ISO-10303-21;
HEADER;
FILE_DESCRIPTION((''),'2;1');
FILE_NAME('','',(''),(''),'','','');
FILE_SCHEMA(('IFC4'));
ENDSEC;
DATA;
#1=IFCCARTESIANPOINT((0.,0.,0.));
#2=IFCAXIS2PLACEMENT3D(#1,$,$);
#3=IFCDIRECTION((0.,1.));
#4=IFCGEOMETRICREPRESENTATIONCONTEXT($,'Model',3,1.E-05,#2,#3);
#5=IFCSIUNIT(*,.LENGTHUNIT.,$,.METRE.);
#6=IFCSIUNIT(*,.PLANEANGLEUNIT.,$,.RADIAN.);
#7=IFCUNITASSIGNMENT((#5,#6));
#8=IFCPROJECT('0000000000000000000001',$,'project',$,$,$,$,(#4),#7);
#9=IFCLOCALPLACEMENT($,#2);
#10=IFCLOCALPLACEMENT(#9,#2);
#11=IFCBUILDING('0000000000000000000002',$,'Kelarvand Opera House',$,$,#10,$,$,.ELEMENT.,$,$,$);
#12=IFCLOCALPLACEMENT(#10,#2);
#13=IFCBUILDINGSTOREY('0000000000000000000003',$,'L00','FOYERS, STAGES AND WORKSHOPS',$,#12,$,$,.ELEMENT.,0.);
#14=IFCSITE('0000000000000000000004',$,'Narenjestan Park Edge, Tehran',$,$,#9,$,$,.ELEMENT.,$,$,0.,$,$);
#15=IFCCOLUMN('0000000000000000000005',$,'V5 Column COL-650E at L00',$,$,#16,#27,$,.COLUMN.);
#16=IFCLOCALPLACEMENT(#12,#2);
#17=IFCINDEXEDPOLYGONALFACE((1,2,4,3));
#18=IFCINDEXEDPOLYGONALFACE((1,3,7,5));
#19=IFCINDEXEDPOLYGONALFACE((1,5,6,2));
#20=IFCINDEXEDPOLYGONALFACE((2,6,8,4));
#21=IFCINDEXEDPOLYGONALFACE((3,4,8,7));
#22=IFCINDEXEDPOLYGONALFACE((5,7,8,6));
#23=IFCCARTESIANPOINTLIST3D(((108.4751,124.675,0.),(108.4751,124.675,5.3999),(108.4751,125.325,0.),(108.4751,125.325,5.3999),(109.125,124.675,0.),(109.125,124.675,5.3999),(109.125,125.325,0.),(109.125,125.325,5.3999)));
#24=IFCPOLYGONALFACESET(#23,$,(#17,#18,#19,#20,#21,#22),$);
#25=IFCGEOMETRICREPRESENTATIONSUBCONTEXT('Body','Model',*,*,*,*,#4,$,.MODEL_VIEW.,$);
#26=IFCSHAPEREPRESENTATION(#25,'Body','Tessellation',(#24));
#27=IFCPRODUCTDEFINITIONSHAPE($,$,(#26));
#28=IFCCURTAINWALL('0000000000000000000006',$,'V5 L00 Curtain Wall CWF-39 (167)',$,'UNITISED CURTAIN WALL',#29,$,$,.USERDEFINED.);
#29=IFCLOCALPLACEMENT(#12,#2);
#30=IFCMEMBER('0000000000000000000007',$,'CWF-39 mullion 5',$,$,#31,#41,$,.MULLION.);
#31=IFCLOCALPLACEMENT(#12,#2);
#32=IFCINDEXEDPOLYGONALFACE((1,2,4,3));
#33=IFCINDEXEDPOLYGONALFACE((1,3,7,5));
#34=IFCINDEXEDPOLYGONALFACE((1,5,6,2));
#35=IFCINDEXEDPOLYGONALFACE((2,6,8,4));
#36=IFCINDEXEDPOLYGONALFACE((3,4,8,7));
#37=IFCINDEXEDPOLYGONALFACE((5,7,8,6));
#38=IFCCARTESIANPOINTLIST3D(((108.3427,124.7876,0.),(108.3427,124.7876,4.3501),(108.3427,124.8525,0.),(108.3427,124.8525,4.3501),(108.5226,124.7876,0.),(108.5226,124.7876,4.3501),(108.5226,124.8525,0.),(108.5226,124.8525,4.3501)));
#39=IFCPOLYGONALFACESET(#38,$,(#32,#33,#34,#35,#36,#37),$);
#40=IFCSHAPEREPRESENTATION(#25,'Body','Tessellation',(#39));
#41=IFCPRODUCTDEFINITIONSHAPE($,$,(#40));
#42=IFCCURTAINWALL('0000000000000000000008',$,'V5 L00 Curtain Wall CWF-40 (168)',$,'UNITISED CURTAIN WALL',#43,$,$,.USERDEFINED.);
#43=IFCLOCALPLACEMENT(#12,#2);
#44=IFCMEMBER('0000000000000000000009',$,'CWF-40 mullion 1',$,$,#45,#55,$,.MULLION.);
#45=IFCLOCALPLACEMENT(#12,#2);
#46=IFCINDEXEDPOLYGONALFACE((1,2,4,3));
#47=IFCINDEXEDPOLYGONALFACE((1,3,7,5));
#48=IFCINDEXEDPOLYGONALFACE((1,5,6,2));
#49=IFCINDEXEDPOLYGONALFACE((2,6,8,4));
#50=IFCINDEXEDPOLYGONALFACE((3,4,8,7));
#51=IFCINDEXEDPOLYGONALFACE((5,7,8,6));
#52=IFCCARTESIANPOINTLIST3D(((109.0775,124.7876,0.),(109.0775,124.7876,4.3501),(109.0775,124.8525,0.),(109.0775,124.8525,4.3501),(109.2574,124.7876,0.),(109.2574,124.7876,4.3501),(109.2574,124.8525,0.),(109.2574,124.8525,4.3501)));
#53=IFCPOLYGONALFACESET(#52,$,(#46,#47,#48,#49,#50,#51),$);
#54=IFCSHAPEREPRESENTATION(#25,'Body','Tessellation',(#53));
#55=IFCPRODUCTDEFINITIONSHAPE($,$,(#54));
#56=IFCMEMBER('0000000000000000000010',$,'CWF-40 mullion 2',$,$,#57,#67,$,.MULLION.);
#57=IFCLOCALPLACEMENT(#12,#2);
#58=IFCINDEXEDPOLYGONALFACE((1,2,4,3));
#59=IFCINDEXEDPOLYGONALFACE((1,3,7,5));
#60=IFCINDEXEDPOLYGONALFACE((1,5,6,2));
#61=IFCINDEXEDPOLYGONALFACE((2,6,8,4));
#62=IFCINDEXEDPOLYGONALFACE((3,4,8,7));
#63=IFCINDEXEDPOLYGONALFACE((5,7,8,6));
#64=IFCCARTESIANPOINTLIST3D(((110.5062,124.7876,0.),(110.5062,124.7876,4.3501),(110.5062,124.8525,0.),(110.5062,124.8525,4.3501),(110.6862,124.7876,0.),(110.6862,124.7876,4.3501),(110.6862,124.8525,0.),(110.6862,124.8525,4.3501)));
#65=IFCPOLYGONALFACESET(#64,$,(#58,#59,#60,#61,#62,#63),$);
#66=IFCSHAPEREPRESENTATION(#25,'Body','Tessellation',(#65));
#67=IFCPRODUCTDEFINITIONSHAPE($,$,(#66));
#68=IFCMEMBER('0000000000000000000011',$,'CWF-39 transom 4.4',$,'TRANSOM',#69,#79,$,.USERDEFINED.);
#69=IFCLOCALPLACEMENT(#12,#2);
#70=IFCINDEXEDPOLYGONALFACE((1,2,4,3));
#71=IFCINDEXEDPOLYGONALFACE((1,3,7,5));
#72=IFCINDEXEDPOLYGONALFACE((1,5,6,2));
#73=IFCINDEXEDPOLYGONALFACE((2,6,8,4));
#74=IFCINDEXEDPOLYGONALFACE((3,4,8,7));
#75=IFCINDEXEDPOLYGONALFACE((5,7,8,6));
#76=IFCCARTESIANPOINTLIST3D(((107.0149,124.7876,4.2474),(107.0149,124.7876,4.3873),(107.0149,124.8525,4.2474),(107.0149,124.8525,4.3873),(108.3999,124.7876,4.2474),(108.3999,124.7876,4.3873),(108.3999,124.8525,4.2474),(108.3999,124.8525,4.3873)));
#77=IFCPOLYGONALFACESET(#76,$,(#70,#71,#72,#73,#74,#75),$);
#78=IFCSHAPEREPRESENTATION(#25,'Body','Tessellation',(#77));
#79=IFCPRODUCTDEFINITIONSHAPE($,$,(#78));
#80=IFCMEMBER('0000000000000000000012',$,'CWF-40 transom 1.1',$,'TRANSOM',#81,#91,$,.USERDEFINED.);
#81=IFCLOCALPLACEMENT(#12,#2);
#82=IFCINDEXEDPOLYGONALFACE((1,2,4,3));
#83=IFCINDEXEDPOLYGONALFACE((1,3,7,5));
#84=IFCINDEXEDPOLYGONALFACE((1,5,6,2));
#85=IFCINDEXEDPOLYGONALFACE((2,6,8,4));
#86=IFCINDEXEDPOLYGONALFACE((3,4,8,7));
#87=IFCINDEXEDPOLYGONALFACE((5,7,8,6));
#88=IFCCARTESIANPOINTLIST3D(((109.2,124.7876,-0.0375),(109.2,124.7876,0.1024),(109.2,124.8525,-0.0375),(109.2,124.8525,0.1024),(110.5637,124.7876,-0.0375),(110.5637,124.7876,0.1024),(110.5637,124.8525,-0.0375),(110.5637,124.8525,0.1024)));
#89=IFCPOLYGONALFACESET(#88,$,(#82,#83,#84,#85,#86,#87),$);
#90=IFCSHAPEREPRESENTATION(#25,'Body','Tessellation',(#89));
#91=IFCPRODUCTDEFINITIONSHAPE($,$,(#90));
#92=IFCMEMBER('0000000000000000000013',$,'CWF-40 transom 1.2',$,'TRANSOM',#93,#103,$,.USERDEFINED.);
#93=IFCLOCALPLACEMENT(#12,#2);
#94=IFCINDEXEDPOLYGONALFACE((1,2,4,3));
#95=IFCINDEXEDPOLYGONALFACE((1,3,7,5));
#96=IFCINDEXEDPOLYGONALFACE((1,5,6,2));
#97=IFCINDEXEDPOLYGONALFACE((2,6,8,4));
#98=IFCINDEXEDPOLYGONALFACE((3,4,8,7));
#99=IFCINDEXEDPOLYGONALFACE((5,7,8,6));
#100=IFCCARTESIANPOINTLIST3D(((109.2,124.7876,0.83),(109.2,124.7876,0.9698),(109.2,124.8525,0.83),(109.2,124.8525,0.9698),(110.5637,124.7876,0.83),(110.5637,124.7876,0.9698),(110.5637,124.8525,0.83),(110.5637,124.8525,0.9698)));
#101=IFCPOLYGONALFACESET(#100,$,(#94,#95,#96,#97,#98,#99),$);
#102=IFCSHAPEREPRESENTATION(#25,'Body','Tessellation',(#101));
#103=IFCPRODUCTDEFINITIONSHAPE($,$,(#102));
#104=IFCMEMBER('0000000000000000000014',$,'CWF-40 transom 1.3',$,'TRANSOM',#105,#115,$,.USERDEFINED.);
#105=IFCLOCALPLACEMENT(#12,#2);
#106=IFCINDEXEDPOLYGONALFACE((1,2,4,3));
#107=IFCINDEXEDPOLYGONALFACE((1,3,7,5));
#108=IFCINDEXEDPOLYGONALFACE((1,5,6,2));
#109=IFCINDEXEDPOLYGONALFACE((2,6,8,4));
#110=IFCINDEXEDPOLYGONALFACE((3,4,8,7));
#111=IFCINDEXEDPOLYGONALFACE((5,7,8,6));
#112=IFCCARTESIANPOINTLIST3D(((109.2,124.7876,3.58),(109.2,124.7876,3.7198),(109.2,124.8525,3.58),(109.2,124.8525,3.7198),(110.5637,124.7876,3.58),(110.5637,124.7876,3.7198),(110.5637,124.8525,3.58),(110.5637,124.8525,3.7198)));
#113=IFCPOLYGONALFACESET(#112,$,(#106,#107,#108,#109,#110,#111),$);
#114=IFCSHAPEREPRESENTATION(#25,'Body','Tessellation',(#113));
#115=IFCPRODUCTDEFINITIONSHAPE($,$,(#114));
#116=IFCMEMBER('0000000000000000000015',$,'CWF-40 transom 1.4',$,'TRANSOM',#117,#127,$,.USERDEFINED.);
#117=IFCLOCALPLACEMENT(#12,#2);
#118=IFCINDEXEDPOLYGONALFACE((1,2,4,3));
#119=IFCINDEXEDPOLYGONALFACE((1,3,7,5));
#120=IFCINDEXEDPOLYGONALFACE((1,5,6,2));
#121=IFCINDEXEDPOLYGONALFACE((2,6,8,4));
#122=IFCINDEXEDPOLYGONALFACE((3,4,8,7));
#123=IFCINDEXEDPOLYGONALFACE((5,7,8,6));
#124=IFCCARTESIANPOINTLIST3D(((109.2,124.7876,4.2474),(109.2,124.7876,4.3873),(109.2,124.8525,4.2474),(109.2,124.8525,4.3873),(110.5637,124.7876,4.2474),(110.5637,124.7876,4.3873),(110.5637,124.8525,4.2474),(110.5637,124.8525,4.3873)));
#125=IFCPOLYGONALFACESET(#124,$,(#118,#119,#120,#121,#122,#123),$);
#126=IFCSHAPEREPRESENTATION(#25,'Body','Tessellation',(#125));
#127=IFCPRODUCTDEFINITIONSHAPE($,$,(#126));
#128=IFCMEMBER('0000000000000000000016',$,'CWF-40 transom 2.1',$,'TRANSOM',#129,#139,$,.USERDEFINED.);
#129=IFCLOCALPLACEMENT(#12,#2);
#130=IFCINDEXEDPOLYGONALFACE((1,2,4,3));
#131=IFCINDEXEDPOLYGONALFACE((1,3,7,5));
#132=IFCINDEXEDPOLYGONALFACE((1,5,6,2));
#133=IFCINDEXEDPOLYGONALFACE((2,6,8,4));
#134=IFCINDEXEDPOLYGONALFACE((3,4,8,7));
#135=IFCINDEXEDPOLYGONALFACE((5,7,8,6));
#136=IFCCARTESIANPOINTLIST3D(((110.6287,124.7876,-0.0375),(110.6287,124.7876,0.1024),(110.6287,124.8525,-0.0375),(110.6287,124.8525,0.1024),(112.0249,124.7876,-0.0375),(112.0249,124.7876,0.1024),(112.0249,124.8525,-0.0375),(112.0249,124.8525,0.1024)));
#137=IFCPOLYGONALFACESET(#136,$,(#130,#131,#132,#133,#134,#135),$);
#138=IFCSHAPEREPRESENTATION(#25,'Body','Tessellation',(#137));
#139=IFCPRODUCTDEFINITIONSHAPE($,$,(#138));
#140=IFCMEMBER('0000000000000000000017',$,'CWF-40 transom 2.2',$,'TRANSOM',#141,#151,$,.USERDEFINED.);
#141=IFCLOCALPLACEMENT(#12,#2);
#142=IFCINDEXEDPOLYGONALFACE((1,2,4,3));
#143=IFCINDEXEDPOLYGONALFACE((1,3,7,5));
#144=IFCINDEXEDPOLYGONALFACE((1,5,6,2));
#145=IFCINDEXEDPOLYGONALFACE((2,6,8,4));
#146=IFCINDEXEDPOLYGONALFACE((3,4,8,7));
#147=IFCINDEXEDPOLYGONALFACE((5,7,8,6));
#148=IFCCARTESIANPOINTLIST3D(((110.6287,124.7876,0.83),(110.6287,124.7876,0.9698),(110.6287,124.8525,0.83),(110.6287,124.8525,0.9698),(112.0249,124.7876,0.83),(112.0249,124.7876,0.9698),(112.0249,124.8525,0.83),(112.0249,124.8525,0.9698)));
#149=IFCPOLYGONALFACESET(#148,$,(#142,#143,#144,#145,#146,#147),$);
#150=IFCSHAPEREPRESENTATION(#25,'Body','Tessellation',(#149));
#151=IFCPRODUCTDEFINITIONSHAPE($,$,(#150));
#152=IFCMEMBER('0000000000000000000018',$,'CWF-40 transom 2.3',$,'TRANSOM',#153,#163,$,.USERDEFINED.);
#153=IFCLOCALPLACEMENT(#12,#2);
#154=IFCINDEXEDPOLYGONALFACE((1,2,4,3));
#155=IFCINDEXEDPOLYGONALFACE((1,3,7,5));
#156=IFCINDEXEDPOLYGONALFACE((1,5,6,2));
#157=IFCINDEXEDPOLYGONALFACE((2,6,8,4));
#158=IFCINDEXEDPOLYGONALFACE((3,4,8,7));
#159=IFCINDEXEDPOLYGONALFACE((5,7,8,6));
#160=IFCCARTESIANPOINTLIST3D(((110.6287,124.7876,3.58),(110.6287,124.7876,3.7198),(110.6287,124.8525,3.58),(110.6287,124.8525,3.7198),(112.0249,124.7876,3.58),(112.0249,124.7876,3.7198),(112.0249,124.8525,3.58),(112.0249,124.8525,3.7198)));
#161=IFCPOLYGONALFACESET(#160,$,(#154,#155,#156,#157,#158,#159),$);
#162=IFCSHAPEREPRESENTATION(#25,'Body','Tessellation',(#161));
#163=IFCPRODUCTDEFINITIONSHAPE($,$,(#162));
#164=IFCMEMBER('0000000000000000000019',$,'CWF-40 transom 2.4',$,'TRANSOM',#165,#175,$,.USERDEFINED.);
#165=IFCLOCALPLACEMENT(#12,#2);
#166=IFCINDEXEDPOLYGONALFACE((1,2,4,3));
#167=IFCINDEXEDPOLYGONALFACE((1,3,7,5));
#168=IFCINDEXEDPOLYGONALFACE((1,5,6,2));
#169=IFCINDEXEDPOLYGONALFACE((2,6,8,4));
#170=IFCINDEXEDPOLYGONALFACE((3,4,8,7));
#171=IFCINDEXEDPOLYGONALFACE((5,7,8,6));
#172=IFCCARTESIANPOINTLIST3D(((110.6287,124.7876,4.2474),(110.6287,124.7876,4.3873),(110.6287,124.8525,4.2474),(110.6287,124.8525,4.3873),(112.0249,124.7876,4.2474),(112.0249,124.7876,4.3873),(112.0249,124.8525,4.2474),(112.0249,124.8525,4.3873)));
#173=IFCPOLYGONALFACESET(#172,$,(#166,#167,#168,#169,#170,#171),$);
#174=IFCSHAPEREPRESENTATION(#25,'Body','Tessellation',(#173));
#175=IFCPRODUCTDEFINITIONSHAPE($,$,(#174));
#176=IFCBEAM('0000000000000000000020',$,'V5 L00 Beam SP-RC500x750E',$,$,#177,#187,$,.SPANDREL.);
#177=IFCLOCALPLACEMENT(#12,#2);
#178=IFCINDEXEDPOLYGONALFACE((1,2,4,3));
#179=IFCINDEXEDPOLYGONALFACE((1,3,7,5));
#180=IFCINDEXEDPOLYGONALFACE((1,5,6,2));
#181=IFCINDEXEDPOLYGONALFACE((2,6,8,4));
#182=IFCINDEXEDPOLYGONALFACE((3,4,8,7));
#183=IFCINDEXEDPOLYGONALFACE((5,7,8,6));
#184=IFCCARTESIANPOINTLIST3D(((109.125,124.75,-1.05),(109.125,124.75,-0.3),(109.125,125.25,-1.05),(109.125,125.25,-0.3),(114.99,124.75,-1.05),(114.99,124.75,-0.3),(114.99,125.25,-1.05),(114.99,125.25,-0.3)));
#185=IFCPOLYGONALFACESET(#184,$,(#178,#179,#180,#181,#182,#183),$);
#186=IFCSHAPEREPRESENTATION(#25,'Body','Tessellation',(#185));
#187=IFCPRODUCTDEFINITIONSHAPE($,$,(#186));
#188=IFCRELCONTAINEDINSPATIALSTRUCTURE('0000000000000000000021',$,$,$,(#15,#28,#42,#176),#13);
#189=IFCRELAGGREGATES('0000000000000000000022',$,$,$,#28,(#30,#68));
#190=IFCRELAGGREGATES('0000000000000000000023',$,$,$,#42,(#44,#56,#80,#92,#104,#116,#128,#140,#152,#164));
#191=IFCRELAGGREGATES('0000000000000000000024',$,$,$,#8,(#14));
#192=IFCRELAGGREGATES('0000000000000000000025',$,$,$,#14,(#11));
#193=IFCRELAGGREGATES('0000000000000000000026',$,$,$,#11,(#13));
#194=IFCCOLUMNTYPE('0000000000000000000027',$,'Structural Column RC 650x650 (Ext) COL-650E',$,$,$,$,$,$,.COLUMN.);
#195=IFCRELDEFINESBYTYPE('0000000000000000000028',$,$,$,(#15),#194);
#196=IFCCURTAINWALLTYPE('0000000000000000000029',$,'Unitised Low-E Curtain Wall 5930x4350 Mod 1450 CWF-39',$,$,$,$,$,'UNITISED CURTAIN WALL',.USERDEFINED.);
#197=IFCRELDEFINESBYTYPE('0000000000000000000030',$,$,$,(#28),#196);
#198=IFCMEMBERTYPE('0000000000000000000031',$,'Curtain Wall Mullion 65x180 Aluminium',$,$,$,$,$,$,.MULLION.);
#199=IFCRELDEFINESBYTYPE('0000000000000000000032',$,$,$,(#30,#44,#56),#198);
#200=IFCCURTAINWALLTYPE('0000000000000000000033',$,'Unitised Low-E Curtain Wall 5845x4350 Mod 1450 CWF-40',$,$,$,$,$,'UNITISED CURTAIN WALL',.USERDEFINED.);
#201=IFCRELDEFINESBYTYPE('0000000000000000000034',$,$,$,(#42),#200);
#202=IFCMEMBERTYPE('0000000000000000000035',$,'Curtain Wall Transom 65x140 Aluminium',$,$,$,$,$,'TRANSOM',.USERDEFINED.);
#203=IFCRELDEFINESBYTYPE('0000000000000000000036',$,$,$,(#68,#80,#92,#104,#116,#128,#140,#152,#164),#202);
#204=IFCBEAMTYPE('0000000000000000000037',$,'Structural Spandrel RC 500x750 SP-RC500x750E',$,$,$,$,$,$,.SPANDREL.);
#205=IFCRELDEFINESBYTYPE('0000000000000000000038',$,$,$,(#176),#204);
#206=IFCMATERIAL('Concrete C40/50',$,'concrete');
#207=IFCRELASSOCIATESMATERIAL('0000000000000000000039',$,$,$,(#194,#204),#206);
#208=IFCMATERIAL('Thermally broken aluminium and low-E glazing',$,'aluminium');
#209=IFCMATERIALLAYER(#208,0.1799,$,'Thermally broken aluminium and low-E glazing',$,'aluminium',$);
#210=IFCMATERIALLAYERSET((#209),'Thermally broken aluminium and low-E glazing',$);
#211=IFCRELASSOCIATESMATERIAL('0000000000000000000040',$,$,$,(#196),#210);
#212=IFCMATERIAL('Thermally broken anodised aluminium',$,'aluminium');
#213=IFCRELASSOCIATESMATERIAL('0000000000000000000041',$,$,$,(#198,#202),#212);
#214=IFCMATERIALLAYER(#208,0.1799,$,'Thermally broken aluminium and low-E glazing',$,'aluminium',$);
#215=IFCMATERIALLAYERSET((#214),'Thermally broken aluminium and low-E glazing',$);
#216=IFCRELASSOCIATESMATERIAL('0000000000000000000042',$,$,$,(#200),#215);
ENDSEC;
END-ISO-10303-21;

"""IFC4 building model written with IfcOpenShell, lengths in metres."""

from ifc_helpers import new_model, si_unit, direction, frame, origin, origin_2d, place, context, subcontext, project, spatial, rectangle, extrude, material, layer, layer_set, material_profile, profile_set, type_object, element, aggregate, save


model = new_model("IFC4")

# Units and contexts
model_context = context("Model", 3, precision=1e-05, world=origin(), true_north=direction((0.0, 1.0)))
body_context = subcontext(model_context, "Body", "Model", "MODEL_VIEW")
ifc_project = project(units=[si_unit("LENGTHUNIT", "METRE"), si_unit("PLANEANGLEUNIT", "RADIAN")], contexts=[model_context])

# Site, building, storey
site_placement = place(None, origin())
site = spatial("IfcSite", under=ifc_project, at=site_placement, Name="Narenjestan Park Edge, Tehran", CompositionType="ELEMENT", RefElevation=0.0)
building_placement = place(site_placement, origin())
building = spatial("IfcBuilding", under=site, at=building_placement, Name="Kelarvand Opera House", CompositionType="ELEMENT")
storey_placement = place(building_placement, origin())
storey = spatial("IfcBuildingStorey", under=building, at=storey_placement, Name="L00", Description="FOYERS, STAGES AND WORKSHOPS", CompositionType="ELEMENT", Elevation=0.0)

# Column
ifc_material_1 = material(Name="Concrete C40/50", Category="concrete")
ifc_material_profile_1 = material_profile(ifc_material_1, rectangle(XDim=0.6499, YDim=0.6499, at=origin_2d()), Name="RC 650x650", Category="concrete")
ifc_profile_set_1 = profile_set([ifc_material_profile_1], Name="Concrete C40/50")
column_type = type_object("IfcColumnType", Name="Structural Column RC 650x650 (Ext) COL-650E", PredefinedType="COLUMN", material=ifc_profile_set_1)
column_placement = place(storey_placement, frame((108.8, 125.0, 0.0), z_axis=(0.0, 0.0, 1.0), x_axis=(1.0, 0.0, 0.0)))
element("IfcColumn", 1, at=column_placement, inside=storey, type_object=column_type, Name="V5 Column COL-650E at L00", PredefinedType="COLUMN", context=body_context, shape_type="SweptSolid", body=[
    extrude(rectangle(XDim=0.6499, YDim=0.6499, at=origin_2d()), origin(), (0.0, 0.0, 1.0), 5.3999),
])

# Curtain wall, member
ifc_material_2 = material(Name="Thermally broken aluminium and low-E glazing", Category="aluminium")
ifc_layer_1 = layer(ifc_material_2, 0.1799, Name="Thermally broken aluminium and low-E glazing", Category="aluminium")
ifc_layer_set_1 = layer_set([ifc_layer_1], Name="Thermally broken aluminium and low-E glazing")
curtain_wall_type_1 = type_object("IfcCurtainWallType", Name="Unitised Low-E Curtain Wall 5930x4350 Mod 1450 CWF-39", ElementType="UNITISED CURTAIN WALL", PredefinedType="USERDEFINED", material=ifc_layer_set_1)
curtain_wall_1_placement = place(storey_placement, origin())
curtain_wall_1 = element("IfcCurtainWall", 2, at=curtain_wall_1_placement, inside=storey, type_object=curtain_wall_type_1, Name="V5 L00 Curtain Wall CWF-39 (167)", ObjectType="UNITISED CURTAIN WALL", PredefinedType="USERDEFINED")
ifc_material_3 = material(Name="Thermally broken anodised aluminium", Category="aluminium")
ifc_material_profile_2 = material_profile(ifc_material_3, rectangle(XDim=0.0649, YDim=0.1799, at=origin_2d()), Name="ALU MULLION 65x180", Category="aluminium")
ifc_profile_set_2 = profile_set([ifc_material_profile_2], Name="Thermally broken anodised aluminium")
member_type_1 = type_object("IfcMemberType", Name="Curtain Wall Mullion 65x180 Aluminium", PredefinedType="MULLION", material=ifc_profile_set_2)
member_1_placement = place(storey_placement, frame((108.4326, 124.8201, 0.0), z_axis=(0.0, 0.0, 1.0), x_axis=(0.0, 1.0, 0.0)))
member_1 = element("IfcMember", 3, at=member_1_placement, type_object=member_type_1, Name="CWF-39 mullion 5", PredefinedType="MULLION", context=body_context, shape_type="SweptSolid", body=[
    extrude(rectangle(XDim=0.0649, YDim=0.1799, at=origin_2d()), origin(), (0.0, 0.0, 1.0), 4.3501),
])

# Curtain wall, members
ifc_layer_2 = layer(ifc_material_2, 0.1799, Name="Thermally broken aluminium and low-E glazing", Category="aluminium")
ifc_layer_set_2 = layer_set([ifc_layer_2], Name="Thermally broken aluminium and low-E glazing")
curtain_wall_type_2 = type_object("IfcCurtainWallType", Name="Unitised Low-E Curtain Wall 5845x4350 Mod 1450 CWF-40", ElementType="UNITISED CURTAIN WALL", PredefinedType="USERDEFINED", material=ifc_layer_set_2)
curtain_wall_2_placement = place(storey_placement, origin())
curtain_wall_2 = element("IfcCurtainWall", 4, at=curtain_wall_2_placement, inside=storey, type_object=curtain_wall_type_2, Name="V5 L00 Curtain Wall CWF-40 (168)", ObjectType="UNITISED CURTAIN WALL", PredefinedType="USERDEFINED")
member_2_placement = place(storey_placement, frame((109.1675, 124.8201, 0.0), z_axis=(0.0, 0.0, 1.0), x_axis=(0.0, 1.0, 0.0)))
member_2 = element("IfcMember", 5, at=member_2_placement, type_object=member_type_1, Name="CWF-40 mullion 1", PredefinedType="MULLION", context=body_context, shape_type="SweptSolid", body=[
    extrude(rectangle(XDim=0.0649, YDim=0.1799, at=origin_2d()), origin(), (0.0, 0.0, 1.0), 4.3501),
])
member_3_placement = place(storey_placement, frame((110.5962, 124.8201, 0.0), z_axis=(0.0, 0.0, 1.0), x_axis=(0.0, 1.0, 0.0)))
member_3 = element("IfcMember", 6, at=member_3_placement, type_object=member_type_1, Name="CWF-40 mullion 2", PredefinedType="MULLION", context=body_context, shape_type="SweptSolid", body=[
    extrude(rectangle(XDim=0.0649, YDim=0.1799, at=origin_2d()), origin(), (0.0, 0.0, 1.0), 4.3501),
])

# Members
ifc_material_profile_3 = material_profile(ifc_material_3, rectangle(XDim=0.0649, YDim=0.1399, at=origin_2d()), Name="ALU TRANSOM 65x140", Category="aluminium")
ifc_profile_set_3 = profile_set([ifc_material_profile_3], Name="Thermally broken anodised aluminium")
member_type_2 = type_object("IfcMemberType", Name="Curtain Wall Transom 65x140 Aluminium", ElementType="TRANSOM", PredefinedType="USERDEFINED", material=ifc_profile_set_3)
member_4_placement = place(storey_placement, frame((107.0149, 124.8201, 4.3174), z_axis=(1.0, 0.0, 0.0), x_axis=(0.0, 1.0, 0.0)))
member_4 = element("IfcMember", 7, at=member_4_placement, type_object=member_type_2, Name="CWF-39 transom 4.4", ObjectType="TRANSOM", PredefinedType="USERDEFINED", context=body_context, shape_type="SweptSolid", body=[
    extrude(rectangle(XDim=0.0649, YDim=0.1399, at=origin_2d()), origin(), (0.0, 0.0, 1.0), 1.385),
])
member_5_placement = place(storey_placement, frame((109.2, 124.8201, 0.0325), z_axis=(1.0, 0.0, 0.0), x_axis=(0.0, 1.0, 0.0)))
member_5 = element("IfcMember", 8, at=member_5_placement, type_object=member_type_2, Name="CWF-40 transom 1.1", ObjectType="TRANSOM", PredefinedType="USERDEFINED", context=body_context, shape_type="SweptSolid", body=[
    extrude(rectangle(XDim=0.0649, YDim=0.1399, at=origin_2d()), origin(), (0.0, 0.0, 1.0), 1.3638),
])
member_6_placement = place(storey_placement, frame((109.2, 124.8201, 0.8999), z_axis=(1.0, 0.0, 0.0), x_axis=(0.0, 1.0, 0.0)))
member_6 = element("IfcMember", 9, at=member_6_placement, type_object=member_type_2, Name="CWF-40 transom 1.2", ObjectType="TRANSOM", PredefinedType="USERDEFINED", context=body_context, shape_type="SweptSolid", body=[
    extrude(rectangle(XDim=0.0649, YDim=0.1399, at=origin_2d()), origin(), (0.0, 0.0, 1.0), 1.3638),
])
member_7_placement = place(storey_placement, frame((109.2, 124.8201, 3.6499), z_axis=(1.0, 0.0, 0.0), x_axis=(0.0, 1.0, 0.0)))
member_7 = element("IfcMember", 10, at=member_7_placement, type_object=member_type_2, Name="CWF-40 transom 1.3", ObjectType="TRANSOM", PredefinedType="USERDEFINED", context=body_context, shape_type="SweptSolid", body=[
    extrude(rectangle(XDim=0.0649, YDim=0.1399, at=origin_2d()), origin(), (0.0, 0.0, 1.0), 1.3638),
])
member_8_placement = place(storey_placement, frame((109.2, 124.8201, 4.3174), z_axis=(1.0, 0.0, 0.0), x_axis=(0.0, 1.0, 0.0)))
member_8 = element("IfcMember", 11, at=member_8_placement, type_object=member_type_2, Name="CWF-40 transom 1.4", ObjectType="TRANSOM", PredefinedType="USERDEFINED", context=body_context, shape_type="SweptSolid", body=[
    extrude(rectangle(XDim=0.0649, YDim=0.1399, at=origin_2d()), origin(), (0.0, 0.0, 1.0), 1.3638),
])
member_9_placement = place(storey_placement, frame((110.6287, 124.8201, 0.0325), z_axis=(1.0, 0.0, 0.0), x_axis=(0.0, 1.0, 0.0)))
member_9 = element("IfcMember", 12, at=member_9_placement, type_object=member_type_2, Name="CWF-40 transom 2.1", ObjectType="TRANSOM", PredefinedType="USERDEFINED", context=body_context, shape_type="SweptSolid", body=[
    extrude(rectangle(XDim=0.0649, YDim=0.1399, at=origin_2d()), origin(), (0.0, 0.0, 1.0), 1.3962),
])
member_10_placement = place(storey_placement, frame((110.6287, 124.8201, 0.8999), z_axis=(1.0, 0.0, 0.0), x_axis=(0.0, 1.0, 0.0)))
member_10 = element("IfcMember", 13, at=member_10_placement, type_object=member_type_2, Name="CWF-40 transom 2.2", ObjectType="TRANSOM", PredefinedType="USERDEFINED", context=body_context, shape_type="SweptSolid", body=[
    extrude(rectangle(XDim=0.0649, YDim=0.1399, at=origin_2d()), origin(), (0.0, 0.0, 1.0), 1.3962),
])
member_11_placement = place(storey_placement, frame((110.6287, 124.8201, 3.6499), z_axis=(1.0, 0.0, 0.0), x_axis=(0.0, 1.0, 0.0)))
member_11 = element("IfcMember", 14, at=member_11_placement, type_object=member_type_2, Name="CWF-40 transom 2.3", ObjectType="TRANSOM", PredefinedType="USERDEFINED", context=body_context, shape_type="SweptSolid", body=[
    extrude(rectangle(XDim=0.0649, YDim=0.1399, at=origin_2d()), origin(), (0.0, 0.0, 1.0), 1.3962),
])
member_12_placement = place(storey_placement, frame((110.6287, 124.8201, 4.3174), z_axis=(1.0, 0.0, 0.0), x_axis=(0.0, 1.0, 0.0)))
member_12 = element("IfcMember", 15, at=member_12_placement, type_object=member_type_2, Name="CWF-40 transom 2.4", ObjectType="TRANSOM", PredefinedType="USERDEFINED", context=body_context, shape_type="SweptSolid", body=[
    extrude(rectangle(XDim=0.0649, YDim=0.1399, at=origin_2d()), origin(), (0.0, 0.0, 1.0), 1.3962),
])

# Beam
ifc_material_profile_4 = material_profile(ifc_material_1, rectangle(XDim=0.5, YDim=0.75, at=origin_2d()), Name="RC 500x750", Category="concrete")
ifc_profile_set_4 = profile_set([ifc_material_profile_4], Name="Concrete C40/50")
beam_type = type_object("IfcBeamType", Name="Structural Spandrel RC 500x750 SP-RC500x750E", PredefinedType="SPANDREL", material=ifc_profile_set_4)
beam_placement = place(storey_placement, frame((109.125, 125.0, -0.675), z_axis=(1.0, 0.0, 0.0), x_axis=(0.0, 1.0, 0.0)))
element("IfcBeam", 16, at=beam_placement, inside=storey, type_object=beam_type, Name="V5 L00 Beam SP-RC500x750E", PredefinedType="SPANDREL", context=body_context, shape_type="SweptSolid", body=[
    extrude(rectangle(XDim=0.5, YDim=0.75, at=origin_2d()), origin(), (0.0, 0.0, 1.0), 5.865),
])

aggregate(curtain_wall_1, [member_1, member_4])
aggregate(curtain_wall_2, [member_2, member_3, member_5, member_6, member_7, member_8, member_9, member_10, member_11, member_12])

save(model, "model.ifc")
